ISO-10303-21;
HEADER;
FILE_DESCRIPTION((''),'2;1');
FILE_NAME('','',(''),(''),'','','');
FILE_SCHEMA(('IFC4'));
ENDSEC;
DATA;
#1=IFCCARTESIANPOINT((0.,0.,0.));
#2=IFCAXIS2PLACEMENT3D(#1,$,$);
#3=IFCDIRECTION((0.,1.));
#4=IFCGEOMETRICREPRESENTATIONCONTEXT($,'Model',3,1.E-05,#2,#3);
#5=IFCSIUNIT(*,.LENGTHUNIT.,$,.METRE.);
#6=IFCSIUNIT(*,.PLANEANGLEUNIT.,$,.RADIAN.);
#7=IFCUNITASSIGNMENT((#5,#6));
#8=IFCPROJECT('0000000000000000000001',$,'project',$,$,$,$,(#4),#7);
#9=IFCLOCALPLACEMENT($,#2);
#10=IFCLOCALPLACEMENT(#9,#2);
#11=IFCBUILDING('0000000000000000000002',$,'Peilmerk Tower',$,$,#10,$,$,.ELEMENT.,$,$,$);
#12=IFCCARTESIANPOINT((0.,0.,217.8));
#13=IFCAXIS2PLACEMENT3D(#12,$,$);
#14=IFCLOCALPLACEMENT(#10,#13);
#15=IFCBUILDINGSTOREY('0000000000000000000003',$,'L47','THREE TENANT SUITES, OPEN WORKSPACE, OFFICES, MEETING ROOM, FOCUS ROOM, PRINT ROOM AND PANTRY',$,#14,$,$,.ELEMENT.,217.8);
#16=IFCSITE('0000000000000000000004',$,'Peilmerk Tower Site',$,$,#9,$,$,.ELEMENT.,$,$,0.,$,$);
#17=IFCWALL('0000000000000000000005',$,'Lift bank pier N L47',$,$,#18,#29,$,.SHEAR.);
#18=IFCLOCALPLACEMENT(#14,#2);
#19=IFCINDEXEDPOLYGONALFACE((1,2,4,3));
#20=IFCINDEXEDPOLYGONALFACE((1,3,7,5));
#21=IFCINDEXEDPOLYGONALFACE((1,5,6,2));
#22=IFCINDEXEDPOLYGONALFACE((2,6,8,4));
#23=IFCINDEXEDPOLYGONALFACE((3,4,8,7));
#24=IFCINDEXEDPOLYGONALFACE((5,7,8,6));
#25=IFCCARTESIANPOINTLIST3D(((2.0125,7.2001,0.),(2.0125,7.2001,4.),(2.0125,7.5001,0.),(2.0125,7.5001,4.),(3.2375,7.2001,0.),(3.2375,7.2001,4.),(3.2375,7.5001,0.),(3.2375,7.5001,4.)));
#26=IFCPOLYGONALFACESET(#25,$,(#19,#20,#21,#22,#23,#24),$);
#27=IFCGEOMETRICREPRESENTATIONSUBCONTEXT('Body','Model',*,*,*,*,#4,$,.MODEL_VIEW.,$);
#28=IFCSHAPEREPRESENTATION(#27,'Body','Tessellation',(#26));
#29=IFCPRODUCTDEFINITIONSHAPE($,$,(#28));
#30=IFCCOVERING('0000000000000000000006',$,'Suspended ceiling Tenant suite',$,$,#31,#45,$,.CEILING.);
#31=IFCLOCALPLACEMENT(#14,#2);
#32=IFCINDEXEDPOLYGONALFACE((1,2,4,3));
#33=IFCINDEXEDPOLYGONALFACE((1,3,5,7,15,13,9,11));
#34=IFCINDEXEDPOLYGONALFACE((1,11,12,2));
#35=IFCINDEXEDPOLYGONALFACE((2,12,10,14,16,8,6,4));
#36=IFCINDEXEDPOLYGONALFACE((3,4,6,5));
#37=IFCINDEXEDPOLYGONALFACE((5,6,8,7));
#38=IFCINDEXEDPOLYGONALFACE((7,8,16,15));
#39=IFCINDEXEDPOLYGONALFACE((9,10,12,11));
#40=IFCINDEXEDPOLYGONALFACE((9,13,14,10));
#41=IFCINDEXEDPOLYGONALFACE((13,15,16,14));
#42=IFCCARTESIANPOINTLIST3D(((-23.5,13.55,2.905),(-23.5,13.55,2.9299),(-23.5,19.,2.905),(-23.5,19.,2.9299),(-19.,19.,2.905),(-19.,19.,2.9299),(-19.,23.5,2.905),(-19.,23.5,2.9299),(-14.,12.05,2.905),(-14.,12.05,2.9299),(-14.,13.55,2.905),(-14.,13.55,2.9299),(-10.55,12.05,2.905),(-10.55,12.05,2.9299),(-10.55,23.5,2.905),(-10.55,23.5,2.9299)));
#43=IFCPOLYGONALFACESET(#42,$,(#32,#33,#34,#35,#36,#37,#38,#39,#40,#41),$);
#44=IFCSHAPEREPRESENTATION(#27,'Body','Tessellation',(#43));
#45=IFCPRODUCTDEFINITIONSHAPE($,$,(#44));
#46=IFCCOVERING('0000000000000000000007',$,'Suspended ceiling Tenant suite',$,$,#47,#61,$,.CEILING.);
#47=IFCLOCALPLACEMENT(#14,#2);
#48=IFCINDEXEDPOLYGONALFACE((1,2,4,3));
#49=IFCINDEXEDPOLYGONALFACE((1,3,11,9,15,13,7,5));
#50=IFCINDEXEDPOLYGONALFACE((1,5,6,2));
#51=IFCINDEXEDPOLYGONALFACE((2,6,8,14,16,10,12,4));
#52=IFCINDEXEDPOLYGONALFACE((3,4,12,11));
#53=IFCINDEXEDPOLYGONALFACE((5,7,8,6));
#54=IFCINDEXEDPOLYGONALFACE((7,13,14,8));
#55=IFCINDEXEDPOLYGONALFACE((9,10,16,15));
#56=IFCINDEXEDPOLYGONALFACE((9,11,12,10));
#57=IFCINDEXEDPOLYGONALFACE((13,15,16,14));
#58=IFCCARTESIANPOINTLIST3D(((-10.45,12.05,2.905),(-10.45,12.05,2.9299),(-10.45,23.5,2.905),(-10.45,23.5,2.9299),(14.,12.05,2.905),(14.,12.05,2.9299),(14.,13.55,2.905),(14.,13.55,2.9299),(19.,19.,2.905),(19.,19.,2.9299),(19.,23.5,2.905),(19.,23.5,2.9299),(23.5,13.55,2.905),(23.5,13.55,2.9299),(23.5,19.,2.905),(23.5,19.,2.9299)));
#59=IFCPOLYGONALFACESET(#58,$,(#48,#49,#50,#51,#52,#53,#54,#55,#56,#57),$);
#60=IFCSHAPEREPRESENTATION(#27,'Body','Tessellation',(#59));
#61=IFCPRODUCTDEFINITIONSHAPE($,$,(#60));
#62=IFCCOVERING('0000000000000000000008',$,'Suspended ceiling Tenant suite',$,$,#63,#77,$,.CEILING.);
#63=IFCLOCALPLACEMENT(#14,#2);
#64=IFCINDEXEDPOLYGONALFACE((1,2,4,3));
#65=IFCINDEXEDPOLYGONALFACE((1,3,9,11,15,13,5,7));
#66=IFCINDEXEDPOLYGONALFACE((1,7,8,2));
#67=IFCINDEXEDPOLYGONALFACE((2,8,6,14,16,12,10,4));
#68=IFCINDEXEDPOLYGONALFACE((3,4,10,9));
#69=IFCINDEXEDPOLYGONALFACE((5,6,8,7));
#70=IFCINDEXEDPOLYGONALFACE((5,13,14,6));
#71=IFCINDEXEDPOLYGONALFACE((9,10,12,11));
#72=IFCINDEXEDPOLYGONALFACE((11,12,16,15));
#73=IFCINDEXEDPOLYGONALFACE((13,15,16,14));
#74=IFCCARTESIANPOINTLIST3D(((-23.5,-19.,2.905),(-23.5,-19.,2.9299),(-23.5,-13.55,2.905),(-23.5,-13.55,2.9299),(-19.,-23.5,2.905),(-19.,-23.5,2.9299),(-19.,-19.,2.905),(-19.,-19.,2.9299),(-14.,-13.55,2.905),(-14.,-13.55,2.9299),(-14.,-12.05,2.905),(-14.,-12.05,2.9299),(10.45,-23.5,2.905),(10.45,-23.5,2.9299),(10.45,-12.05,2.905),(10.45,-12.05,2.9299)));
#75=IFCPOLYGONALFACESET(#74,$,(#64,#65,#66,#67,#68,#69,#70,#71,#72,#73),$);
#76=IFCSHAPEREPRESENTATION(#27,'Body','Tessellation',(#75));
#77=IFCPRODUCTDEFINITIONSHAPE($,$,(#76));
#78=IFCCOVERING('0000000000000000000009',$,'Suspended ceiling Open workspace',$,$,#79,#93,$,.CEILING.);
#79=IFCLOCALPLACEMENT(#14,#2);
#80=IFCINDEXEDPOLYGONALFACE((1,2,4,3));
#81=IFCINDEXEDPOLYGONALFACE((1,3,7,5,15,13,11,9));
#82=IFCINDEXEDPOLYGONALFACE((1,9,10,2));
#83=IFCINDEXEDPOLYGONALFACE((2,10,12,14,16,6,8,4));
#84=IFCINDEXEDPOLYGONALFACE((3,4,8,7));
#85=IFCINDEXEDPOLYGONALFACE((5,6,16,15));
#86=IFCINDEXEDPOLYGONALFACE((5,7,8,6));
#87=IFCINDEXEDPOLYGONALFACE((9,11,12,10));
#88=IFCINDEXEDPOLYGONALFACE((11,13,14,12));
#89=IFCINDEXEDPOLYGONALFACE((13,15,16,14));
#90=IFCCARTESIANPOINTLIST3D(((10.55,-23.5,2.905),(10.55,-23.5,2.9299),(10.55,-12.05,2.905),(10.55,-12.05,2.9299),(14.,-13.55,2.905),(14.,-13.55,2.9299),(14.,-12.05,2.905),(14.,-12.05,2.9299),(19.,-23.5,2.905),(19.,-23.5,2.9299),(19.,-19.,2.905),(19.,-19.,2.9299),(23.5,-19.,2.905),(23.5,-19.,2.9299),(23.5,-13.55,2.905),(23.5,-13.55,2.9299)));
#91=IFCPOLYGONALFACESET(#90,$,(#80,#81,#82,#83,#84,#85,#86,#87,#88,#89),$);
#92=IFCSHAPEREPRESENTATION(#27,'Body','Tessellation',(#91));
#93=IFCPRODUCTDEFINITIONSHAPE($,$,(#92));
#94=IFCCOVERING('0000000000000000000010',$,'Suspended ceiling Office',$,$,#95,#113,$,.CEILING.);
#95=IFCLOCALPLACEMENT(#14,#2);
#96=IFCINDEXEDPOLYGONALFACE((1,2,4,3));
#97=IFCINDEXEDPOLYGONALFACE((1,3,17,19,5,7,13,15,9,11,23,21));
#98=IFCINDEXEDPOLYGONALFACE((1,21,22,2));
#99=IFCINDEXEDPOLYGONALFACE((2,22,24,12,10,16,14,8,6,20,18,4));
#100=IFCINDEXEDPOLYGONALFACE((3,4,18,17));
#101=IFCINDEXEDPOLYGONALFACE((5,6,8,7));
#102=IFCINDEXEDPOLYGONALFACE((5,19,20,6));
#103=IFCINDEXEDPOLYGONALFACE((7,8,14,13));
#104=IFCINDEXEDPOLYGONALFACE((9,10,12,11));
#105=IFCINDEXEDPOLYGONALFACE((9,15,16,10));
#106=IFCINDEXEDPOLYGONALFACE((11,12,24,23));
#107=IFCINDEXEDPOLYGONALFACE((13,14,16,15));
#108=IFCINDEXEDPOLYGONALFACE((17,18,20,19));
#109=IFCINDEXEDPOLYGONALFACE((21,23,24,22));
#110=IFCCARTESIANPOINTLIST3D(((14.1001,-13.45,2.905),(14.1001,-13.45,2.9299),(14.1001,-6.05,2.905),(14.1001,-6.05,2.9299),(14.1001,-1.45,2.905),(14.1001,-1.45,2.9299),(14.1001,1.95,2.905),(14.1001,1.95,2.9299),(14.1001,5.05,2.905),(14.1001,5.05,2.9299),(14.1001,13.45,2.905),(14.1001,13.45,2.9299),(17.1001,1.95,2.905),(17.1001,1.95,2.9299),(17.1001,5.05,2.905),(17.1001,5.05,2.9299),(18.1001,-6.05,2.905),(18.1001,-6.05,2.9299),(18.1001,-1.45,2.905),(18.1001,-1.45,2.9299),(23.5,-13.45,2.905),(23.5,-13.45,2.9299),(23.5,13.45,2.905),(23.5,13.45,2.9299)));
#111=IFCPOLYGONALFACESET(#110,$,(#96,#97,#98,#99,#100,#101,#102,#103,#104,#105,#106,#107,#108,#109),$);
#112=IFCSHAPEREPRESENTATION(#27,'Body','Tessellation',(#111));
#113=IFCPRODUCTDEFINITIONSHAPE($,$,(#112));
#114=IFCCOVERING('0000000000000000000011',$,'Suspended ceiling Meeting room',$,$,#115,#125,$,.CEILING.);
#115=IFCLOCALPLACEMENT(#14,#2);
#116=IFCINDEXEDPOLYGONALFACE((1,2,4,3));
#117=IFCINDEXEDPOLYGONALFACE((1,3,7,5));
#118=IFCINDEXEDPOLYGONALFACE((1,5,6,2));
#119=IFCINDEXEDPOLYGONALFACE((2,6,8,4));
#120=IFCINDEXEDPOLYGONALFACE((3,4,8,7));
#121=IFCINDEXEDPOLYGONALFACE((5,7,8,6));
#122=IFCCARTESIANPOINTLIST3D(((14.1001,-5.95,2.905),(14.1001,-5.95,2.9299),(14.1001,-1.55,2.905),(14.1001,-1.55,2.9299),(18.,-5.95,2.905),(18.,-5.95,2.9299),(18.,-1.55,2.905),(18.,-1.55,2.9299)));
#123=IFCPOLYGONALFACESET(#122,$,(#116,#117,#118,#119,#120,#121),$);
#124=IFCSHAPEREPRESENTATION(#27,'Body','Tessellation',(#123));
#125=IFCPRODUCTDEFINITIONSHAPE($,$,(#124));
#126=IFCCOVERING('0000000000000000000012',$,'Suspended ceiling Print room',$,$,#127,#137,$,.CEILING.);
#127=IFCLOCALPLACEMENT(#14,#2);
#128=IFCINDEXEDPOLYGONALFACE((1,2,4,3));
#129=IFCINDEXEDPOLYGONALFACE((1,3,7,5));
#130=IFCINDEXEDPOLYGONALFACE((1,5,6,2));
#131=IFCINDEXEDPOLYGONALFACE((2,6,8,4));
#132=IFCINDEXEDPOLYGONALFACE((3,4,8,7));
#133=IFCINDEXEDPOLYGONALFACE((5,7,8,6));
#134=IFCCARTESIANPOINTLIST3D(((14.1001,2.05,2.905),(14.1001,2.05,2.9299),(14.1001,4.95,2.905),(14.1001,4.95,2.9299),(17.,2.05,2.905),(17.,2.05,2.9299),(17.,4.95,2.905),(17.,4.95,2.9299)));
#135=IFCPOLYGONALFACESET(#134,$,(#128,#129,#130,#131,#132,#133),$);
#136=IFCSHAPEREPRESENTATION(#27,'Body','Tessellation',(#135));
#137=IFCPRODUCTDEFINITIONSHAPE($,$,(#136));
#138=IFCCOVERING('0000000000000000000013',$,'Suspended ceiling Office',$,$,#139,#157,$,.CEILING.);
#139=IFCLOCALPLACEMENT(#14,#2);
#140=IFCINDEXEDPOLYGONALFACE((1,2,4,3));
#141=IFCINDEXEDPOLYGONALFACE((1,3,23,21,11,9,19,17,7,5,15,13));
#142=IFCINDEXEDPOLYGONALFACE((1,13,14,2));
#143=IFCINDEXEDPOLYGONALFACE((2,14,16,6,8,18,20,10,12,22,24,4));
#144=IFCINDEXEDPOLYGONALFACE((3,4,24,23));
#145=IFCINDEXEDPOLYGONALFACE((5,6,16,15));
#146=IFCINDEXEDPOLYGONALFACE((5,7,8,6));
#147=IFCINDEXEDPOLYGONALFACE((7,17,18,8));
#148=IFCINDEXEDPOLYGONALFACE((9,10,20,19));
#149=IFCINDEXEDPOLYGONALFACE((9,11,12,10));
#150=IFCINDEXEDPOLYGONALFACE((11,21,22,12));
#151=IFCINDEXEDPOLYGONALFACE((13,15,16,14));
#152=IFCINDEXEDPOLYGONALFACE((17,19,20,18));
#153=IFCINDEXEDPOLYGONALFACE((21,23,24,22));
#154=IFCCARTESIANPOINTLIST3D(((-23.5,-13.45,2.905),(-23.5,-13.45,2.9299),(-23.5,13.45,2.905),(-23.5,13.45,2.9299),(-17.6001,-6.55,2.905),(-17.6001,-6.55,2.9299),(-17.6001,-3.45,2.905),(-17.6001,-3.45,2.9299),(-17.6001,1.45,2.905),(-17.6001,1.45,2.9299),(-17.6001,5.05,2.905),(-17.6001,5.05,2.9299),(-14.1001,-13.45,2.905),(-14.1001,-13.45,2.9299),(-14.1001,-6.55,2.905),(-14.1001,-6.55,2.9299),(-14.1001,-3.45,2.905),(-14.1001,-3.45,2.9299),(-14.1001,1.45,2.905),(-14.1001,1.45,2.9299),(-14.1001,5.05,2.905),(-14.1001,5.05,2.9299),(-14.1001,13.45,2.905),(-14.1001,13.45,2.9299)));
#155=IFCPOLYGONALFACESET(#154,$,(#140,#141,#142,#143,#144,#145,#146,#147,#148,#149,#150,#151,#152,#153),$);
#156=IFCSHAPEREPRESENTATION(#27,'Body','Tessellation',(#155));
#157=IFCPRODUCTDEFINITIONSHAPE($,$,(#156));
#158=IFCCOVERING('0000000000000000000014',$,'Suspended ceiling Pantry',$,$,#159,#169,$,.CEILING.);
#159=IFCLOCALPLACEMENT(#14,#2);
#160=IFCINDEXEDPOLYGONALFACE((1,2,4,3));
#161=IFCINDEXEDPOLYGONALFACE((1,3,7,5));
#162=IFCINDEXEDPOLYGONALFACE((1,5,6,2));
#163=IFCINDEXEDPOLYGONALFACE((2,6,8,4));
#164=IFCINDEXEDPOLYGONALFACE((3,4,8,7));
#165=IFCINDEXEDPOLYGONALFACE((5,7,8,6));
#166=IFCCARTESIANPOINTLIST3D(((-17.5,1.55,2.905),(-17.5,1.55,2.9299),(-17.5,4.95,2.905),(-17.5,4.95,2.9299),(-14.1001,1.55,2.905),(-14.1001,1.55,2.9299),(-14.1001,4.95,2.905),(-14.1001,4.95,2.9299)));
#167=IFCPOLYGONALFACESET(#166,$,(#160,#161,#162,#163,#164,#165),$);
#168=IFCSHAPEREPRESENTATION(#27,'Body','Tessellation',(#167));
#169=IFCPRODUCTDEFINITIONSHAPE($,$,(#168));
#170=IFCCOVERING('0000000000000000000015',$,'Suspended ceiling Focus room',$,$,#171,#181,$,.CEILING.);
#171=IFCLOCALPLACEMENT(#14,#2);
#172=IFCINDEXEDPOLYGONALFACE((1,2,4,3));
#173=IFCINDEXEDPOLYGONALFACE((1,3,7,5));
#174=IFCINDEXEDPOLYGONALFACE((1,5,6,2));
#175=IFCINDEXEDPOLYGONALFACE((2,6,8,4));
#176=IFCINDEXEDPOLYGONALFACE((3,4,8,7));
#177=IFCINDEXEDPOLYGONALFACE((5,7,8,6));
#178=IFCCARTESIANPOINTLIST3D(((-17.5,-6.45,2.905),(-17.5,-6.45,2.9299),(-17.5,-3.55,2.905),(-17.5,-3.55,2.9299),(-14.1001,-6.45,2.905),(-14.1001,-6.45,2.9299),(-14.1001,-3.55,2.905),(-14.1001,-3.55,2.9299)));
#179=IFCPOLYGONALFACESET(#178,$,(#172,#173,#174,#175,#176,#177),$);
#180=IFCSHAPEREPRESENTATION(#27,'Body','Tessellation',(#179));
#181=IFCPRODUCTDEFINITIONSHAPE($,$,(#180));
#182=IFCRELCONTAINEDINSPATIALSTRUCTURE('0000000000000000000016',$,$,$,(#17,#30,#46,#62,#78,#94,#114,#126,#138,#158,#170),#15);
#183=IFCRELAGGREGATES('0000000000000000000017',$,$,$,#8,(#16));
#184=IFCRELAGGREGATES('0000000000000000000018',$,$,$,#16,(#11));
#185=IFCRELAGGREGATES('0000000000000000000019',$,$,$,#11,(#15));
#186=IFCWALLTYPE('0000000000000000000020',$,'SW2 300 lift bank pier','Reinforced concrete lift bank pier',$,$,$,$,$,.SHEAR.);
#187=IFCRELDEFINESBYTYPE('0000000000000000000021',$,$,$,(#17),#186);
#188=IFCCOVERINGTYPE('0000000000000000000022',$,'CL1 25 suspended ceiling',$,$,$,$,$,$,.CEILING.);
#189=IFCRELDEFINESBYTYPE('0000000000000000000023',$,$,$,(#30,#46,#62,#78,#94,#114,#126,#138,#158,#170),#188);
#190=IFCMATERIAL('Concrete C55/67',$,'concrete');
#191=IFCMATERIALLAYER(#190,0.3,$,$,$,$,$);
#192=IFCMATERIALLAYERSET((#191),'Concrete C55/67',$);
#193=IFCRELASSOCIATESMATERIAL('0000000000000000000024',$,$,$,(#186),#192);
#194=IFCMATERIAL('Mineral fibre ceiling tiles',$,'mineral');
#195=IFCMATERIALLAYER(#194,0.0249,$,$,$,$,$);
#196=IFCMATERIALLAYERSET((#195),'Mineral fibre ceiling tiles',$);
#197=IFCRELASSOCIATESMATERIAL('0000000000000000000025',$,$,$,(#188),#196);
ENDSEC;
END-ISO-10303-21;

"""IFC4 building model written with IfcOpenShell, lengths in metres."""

from ifc_helpers import new_model, si_unit, direction, frame, frame_2d, origin, place, context, subcontext, project, spatial, polyline, rectangle, outline, extrude, material, layer, layer_set, type_object, element, save


model = new_model("IFC4")

# Units and contexts
model_context = context("Model", 3, precision=1e-05, world=origin(), true_north=direction((0.0, 1.0)))
body_context = subcontext(model_context, "Body", "Model", "MODEL_VIEW")
ifc_project = project(units=[si_unit("LENGTHUNIT", "METRE"), si_unit("PLANEANGLEUNIT", "RADIAN")], contexts=[model_context])

# Site, building, storey
site_placement = place(None, origin())
site = spatial("IfcSite", under=ifc_project, at=site_placement, Name="Peilmerk Tower Site", CompositionType="ELEMENT", RefElevation=0.0)
building_placement = place(site_placement, origin())
building = spatial("IfcBuilding", under=site, at=building_placement, Name="Peilmerk Tower", CompositionType="ELEMENT")
storey_placement = place(building_placement, frame((0.0, 0.0, 217.8)))
storey = spatial("IfcBuildingStorey", under=building, at=storey_placement, Name="L47", Description="THREE TENANT SUITES, OPEN WORKSPACE, OFFICES, MEETING ROOM, FOCUS ROOM, PRINT ROOM AND PANTRY", CompositionType="ELEMENT", Elevation=217.8)

# Wall
ifc_material_1 = material(Name="Concrete C55/67", Category="concrete")
ifc_layer_1 = layer(ifc_material_1, 0.3)
ifc_layer_set_1 = layer_set([ifc_layer_1], Name="Concrete C55/67")
wall_type_1 = type_object("IfcWallType", Name="SW2 300 lift bank pier", Description="Reinforced concrete lift bank pier", PredefinedType="SHEAR", material=ifc_layer_set_1)
wall_1_placement = place(storey_placement, frame((2.0125, 7.3501, 0.0), z_axis=(0.0, 0.0, 1.0), x_axis=(1.0, 0.0, 0.0)))
element("IfcWall", 1, at=wall_1_placement, inside=storey, type_object=wall_type_1, Name="Lift bank pier N L47", PredefinedType="SHEAR", context=body_context, shape_type="SweptSolid", body=[
    extrude(rectangle(XDim=1.2251, YDim=0.3, at=frame_2d((0.6125, 0.0))), origin(), (0.0, 0.0, 1.0), 4.0),
])

# Coverings
ifc_material_2 = material(Name="Mineral fibre ceiling tiles", Category="mineral")
ifc_layer_2 = layer(ifc_material_2, 0.0249)
ifc_layer_set_2 = layer_set([ifc_layer_2], Name="Mineral fibre ceiling tiles")
covering_type = type_object("IfcCoveringType", Name="CL1 25 suspended ceiling", PredefinedType="CEILING", material=ifc_layer_set_2)
covering_1_placement = place(storey_placement, frame((0.0, 0.0, 2.905)))
element("IfcCovering", 2, at=covering_1_placement, inside=storey, type_object=covering_type, Name="Suspended ceiling Tenant suite", PredefinedType="CEILING", context=body_context, shape_type="SweptSolid", body=[
    extrude(outline(polyline([(-23.5, 19.0), (-23.5, 13.55), (-14.0, 13.55), (-14.0, 12.05), (-10.55, 12.05), (-10.55, 23.5), (-19.0, 23.5), (-19.0, 19.0), (-23.5, 19.0)])), origin(), (0.0, 0.0, 1.0), 0.0249),
])
covering_2_placement = place(storey_placement, frame((0.0, 0.0, 2.905)))
element("IfcCovering", 3, at=covering_2_placement, inside=storey, type_object=covering_type, Name="Suspended ceiling Tenant suite", PredefinedType="CEILING", context=body_context, shape_type="SweptSolid", body=[
    extrude(outline(polyline([(19.0, 23.5), (-10.45, 23.5), (-10.45, 12.05), (14.0, 12.05), (14.0, 13.55), (23.5, 13.55), (23.5, 19.0), (19.0, 19.0), (19.0, 23.5)])), origin(), (0.0, 0.0, 1.0), 0.0249),
])
covering_3_placement = place(storey_placement, frame((0.0, 0.0, 2.905)))
element("IfcCovering", 4, at=covering_3_placement, inside=storey, type_object=covering_type, Name="Suspended ceiling Tenant suite", PredefinedType="CEILING", context=body_context, shape_type="SweptSolid", body=[
    extrude(outline(polyline([(-19.0, -23.5), (10.45, -23.5), (10.45, -12.05), (-14.0, -12.05), (-14.0, -13.55), (-23.5, -13.55), (-23.5, -19.0), (-19.0, -19.0), (-19.0, -23.5)])), origin(), (0.0, 0.0, 1.0), 0.0249),
])
covering_4_placement = place(storey_placement, frame((0.0, 0.0, 2.905)))
element("IfcCovering", 5, at=covering_4_placement, inside=storey, type_object=covering_type, Name="Suspended ceiling Open workspace", PredefinedType="CEILING", context=body_context, shape_type="SweptSolid", body=[
    extrude(outline(polyline([(10.55, -23.5), (19.0, -23.5), (19.0, -19.0), (23.5, -19.0), (23.5, -13.55), (14.0, -13.55), (14.0, -12.05), (10.55, -12.05), (10.55, -23.5)])), origin(), (0.0, 0.0, 1.0), 0.0249),
])
covering_5_placement = place(storey_placement, frame((0.0, 0.0, 2.905)))
element("IfcCovering", 6, at=covering_5_placement, inside=storey, type_object=covering_type, Name="Suspended ceiling Office", PredefinedType="CEILING", context=body_context, shape_type="SweptSolid", body=[
    extrude(outline(polyline([(14.1001, -13.45), (23.5, -13.45), (23.5, 13.45), (14.1001, 13.45), (14.1001, 5.05), (17.1001, 5.05), (17.1001, 1.95), (14.1001, 1.95), (14.1001, -1.45), (18.1001, -1.45), (18.1001, -6.05), (14.1001, -6.05), (14.1001, -13.45)])), origin(), (0.0, 0.0, 1.0), 0.0249),
])
covering_6_placement = place(storey_placement, frame((0.0, 0.0, 2.905)))
element("IfcCovering", 7, at=covering_6_placement, inside=storey, type_object=covering_type, Name="Suspended ceiling Meeting room", PredefinedType="CEILING", context=body_context, shape_type="SweptSolid", body=[
    extrude(outline(polyline([(18.0, -5.95), (18.0, -1.55), (14.1001, -1.55), (14.1001, -5.95), (18.0, -5.95)])), origin(), (0.0, 0.0, 1.0), 0.0249),
])
covering_7_placement = place(storey_placement, frame((0.0, 0.0, 2.905)))
element("IfcCovering", 8, at=covering_7_placement, inside=storey, type_object=covering_type, Name="Suspended ceiling Print room", PredefinedType="CEILING", context=body_context, shape_type="SweptSolid", body=[
    extrude(outline(polyline([(17.0, 2.05), (17.0, 4.95), (14.1001, 4.95), (14.1001, 2.05), (17.0, 2.05)])), origin(), (0.0, 0.0, 1.0), 0.0249),
])
covering_8_placement = place(storey_placement, frame((0.0, 0.0, 2.905)))
element("IfcCovering", 9, at=covering_8_placement, inside=storey, type_object=covering_type, Name="Suspended ceiling Office", PredefinedType="CEILING", context=body_context, shape_type="SweptSolid", body=[
    extrude(outline(polyline([(-14.1001, 13.45), (-23.5, 13.45), (-23.5, -13.45), (-14.1001, -13.45), (-14.1001, -6.55), (-17.6001, -6.55), (-17.6001, -3.45), (-14.1001, -3.45), (-14.1001, 1.45), (-17.6001, 1.45), (-17.6001, 5.05), (-14.1001, 5.05), (-14.1001, 13.45)])), origin(), (0.0, 0.0, 1.0), 0.0249),
])
covering_9_placement = place(storey_placement, frame((0.0, 0.0, 2.905)))
element("IfcCovering", 10, at=covering_9_placement, inside=storey, type_object=covering_type, Name="Suspended ceiling Pantry", PredefinedType="CEILING", context=body_context, shape_type="SweptSolid", body=[
    extrude(outline(polyline([(-14.1001, 1.55), (-14.1001, 4.95), (-17.5, 4.95), (-17.5, 1.55), (-14.1001, 1.55)])), origin(), (0.0, 0.0, 1.0), 0.0249),
])
covering_10_placement = place(storey_placement, frame((0.0, 0.0, 2.905)))
element("IfcCovering", 11, at=covering_10_placement, inside=storey, type_object=covering_type, Name="Suspended ceiling Focus room", PredefinedType="CEILING", context=body_context, shape_type="SweptSolid", body=[
    extrude(outline(polyline([(-14.1001, -6.45), (-14.1001, -3.55), (-17.5, -3.55), (-17.5, -6.45), (-14.1001, -6.45)])), origin(), (0.0, 0.0, 1.0), 0.0249),
])

save(model, "model.ifc")
